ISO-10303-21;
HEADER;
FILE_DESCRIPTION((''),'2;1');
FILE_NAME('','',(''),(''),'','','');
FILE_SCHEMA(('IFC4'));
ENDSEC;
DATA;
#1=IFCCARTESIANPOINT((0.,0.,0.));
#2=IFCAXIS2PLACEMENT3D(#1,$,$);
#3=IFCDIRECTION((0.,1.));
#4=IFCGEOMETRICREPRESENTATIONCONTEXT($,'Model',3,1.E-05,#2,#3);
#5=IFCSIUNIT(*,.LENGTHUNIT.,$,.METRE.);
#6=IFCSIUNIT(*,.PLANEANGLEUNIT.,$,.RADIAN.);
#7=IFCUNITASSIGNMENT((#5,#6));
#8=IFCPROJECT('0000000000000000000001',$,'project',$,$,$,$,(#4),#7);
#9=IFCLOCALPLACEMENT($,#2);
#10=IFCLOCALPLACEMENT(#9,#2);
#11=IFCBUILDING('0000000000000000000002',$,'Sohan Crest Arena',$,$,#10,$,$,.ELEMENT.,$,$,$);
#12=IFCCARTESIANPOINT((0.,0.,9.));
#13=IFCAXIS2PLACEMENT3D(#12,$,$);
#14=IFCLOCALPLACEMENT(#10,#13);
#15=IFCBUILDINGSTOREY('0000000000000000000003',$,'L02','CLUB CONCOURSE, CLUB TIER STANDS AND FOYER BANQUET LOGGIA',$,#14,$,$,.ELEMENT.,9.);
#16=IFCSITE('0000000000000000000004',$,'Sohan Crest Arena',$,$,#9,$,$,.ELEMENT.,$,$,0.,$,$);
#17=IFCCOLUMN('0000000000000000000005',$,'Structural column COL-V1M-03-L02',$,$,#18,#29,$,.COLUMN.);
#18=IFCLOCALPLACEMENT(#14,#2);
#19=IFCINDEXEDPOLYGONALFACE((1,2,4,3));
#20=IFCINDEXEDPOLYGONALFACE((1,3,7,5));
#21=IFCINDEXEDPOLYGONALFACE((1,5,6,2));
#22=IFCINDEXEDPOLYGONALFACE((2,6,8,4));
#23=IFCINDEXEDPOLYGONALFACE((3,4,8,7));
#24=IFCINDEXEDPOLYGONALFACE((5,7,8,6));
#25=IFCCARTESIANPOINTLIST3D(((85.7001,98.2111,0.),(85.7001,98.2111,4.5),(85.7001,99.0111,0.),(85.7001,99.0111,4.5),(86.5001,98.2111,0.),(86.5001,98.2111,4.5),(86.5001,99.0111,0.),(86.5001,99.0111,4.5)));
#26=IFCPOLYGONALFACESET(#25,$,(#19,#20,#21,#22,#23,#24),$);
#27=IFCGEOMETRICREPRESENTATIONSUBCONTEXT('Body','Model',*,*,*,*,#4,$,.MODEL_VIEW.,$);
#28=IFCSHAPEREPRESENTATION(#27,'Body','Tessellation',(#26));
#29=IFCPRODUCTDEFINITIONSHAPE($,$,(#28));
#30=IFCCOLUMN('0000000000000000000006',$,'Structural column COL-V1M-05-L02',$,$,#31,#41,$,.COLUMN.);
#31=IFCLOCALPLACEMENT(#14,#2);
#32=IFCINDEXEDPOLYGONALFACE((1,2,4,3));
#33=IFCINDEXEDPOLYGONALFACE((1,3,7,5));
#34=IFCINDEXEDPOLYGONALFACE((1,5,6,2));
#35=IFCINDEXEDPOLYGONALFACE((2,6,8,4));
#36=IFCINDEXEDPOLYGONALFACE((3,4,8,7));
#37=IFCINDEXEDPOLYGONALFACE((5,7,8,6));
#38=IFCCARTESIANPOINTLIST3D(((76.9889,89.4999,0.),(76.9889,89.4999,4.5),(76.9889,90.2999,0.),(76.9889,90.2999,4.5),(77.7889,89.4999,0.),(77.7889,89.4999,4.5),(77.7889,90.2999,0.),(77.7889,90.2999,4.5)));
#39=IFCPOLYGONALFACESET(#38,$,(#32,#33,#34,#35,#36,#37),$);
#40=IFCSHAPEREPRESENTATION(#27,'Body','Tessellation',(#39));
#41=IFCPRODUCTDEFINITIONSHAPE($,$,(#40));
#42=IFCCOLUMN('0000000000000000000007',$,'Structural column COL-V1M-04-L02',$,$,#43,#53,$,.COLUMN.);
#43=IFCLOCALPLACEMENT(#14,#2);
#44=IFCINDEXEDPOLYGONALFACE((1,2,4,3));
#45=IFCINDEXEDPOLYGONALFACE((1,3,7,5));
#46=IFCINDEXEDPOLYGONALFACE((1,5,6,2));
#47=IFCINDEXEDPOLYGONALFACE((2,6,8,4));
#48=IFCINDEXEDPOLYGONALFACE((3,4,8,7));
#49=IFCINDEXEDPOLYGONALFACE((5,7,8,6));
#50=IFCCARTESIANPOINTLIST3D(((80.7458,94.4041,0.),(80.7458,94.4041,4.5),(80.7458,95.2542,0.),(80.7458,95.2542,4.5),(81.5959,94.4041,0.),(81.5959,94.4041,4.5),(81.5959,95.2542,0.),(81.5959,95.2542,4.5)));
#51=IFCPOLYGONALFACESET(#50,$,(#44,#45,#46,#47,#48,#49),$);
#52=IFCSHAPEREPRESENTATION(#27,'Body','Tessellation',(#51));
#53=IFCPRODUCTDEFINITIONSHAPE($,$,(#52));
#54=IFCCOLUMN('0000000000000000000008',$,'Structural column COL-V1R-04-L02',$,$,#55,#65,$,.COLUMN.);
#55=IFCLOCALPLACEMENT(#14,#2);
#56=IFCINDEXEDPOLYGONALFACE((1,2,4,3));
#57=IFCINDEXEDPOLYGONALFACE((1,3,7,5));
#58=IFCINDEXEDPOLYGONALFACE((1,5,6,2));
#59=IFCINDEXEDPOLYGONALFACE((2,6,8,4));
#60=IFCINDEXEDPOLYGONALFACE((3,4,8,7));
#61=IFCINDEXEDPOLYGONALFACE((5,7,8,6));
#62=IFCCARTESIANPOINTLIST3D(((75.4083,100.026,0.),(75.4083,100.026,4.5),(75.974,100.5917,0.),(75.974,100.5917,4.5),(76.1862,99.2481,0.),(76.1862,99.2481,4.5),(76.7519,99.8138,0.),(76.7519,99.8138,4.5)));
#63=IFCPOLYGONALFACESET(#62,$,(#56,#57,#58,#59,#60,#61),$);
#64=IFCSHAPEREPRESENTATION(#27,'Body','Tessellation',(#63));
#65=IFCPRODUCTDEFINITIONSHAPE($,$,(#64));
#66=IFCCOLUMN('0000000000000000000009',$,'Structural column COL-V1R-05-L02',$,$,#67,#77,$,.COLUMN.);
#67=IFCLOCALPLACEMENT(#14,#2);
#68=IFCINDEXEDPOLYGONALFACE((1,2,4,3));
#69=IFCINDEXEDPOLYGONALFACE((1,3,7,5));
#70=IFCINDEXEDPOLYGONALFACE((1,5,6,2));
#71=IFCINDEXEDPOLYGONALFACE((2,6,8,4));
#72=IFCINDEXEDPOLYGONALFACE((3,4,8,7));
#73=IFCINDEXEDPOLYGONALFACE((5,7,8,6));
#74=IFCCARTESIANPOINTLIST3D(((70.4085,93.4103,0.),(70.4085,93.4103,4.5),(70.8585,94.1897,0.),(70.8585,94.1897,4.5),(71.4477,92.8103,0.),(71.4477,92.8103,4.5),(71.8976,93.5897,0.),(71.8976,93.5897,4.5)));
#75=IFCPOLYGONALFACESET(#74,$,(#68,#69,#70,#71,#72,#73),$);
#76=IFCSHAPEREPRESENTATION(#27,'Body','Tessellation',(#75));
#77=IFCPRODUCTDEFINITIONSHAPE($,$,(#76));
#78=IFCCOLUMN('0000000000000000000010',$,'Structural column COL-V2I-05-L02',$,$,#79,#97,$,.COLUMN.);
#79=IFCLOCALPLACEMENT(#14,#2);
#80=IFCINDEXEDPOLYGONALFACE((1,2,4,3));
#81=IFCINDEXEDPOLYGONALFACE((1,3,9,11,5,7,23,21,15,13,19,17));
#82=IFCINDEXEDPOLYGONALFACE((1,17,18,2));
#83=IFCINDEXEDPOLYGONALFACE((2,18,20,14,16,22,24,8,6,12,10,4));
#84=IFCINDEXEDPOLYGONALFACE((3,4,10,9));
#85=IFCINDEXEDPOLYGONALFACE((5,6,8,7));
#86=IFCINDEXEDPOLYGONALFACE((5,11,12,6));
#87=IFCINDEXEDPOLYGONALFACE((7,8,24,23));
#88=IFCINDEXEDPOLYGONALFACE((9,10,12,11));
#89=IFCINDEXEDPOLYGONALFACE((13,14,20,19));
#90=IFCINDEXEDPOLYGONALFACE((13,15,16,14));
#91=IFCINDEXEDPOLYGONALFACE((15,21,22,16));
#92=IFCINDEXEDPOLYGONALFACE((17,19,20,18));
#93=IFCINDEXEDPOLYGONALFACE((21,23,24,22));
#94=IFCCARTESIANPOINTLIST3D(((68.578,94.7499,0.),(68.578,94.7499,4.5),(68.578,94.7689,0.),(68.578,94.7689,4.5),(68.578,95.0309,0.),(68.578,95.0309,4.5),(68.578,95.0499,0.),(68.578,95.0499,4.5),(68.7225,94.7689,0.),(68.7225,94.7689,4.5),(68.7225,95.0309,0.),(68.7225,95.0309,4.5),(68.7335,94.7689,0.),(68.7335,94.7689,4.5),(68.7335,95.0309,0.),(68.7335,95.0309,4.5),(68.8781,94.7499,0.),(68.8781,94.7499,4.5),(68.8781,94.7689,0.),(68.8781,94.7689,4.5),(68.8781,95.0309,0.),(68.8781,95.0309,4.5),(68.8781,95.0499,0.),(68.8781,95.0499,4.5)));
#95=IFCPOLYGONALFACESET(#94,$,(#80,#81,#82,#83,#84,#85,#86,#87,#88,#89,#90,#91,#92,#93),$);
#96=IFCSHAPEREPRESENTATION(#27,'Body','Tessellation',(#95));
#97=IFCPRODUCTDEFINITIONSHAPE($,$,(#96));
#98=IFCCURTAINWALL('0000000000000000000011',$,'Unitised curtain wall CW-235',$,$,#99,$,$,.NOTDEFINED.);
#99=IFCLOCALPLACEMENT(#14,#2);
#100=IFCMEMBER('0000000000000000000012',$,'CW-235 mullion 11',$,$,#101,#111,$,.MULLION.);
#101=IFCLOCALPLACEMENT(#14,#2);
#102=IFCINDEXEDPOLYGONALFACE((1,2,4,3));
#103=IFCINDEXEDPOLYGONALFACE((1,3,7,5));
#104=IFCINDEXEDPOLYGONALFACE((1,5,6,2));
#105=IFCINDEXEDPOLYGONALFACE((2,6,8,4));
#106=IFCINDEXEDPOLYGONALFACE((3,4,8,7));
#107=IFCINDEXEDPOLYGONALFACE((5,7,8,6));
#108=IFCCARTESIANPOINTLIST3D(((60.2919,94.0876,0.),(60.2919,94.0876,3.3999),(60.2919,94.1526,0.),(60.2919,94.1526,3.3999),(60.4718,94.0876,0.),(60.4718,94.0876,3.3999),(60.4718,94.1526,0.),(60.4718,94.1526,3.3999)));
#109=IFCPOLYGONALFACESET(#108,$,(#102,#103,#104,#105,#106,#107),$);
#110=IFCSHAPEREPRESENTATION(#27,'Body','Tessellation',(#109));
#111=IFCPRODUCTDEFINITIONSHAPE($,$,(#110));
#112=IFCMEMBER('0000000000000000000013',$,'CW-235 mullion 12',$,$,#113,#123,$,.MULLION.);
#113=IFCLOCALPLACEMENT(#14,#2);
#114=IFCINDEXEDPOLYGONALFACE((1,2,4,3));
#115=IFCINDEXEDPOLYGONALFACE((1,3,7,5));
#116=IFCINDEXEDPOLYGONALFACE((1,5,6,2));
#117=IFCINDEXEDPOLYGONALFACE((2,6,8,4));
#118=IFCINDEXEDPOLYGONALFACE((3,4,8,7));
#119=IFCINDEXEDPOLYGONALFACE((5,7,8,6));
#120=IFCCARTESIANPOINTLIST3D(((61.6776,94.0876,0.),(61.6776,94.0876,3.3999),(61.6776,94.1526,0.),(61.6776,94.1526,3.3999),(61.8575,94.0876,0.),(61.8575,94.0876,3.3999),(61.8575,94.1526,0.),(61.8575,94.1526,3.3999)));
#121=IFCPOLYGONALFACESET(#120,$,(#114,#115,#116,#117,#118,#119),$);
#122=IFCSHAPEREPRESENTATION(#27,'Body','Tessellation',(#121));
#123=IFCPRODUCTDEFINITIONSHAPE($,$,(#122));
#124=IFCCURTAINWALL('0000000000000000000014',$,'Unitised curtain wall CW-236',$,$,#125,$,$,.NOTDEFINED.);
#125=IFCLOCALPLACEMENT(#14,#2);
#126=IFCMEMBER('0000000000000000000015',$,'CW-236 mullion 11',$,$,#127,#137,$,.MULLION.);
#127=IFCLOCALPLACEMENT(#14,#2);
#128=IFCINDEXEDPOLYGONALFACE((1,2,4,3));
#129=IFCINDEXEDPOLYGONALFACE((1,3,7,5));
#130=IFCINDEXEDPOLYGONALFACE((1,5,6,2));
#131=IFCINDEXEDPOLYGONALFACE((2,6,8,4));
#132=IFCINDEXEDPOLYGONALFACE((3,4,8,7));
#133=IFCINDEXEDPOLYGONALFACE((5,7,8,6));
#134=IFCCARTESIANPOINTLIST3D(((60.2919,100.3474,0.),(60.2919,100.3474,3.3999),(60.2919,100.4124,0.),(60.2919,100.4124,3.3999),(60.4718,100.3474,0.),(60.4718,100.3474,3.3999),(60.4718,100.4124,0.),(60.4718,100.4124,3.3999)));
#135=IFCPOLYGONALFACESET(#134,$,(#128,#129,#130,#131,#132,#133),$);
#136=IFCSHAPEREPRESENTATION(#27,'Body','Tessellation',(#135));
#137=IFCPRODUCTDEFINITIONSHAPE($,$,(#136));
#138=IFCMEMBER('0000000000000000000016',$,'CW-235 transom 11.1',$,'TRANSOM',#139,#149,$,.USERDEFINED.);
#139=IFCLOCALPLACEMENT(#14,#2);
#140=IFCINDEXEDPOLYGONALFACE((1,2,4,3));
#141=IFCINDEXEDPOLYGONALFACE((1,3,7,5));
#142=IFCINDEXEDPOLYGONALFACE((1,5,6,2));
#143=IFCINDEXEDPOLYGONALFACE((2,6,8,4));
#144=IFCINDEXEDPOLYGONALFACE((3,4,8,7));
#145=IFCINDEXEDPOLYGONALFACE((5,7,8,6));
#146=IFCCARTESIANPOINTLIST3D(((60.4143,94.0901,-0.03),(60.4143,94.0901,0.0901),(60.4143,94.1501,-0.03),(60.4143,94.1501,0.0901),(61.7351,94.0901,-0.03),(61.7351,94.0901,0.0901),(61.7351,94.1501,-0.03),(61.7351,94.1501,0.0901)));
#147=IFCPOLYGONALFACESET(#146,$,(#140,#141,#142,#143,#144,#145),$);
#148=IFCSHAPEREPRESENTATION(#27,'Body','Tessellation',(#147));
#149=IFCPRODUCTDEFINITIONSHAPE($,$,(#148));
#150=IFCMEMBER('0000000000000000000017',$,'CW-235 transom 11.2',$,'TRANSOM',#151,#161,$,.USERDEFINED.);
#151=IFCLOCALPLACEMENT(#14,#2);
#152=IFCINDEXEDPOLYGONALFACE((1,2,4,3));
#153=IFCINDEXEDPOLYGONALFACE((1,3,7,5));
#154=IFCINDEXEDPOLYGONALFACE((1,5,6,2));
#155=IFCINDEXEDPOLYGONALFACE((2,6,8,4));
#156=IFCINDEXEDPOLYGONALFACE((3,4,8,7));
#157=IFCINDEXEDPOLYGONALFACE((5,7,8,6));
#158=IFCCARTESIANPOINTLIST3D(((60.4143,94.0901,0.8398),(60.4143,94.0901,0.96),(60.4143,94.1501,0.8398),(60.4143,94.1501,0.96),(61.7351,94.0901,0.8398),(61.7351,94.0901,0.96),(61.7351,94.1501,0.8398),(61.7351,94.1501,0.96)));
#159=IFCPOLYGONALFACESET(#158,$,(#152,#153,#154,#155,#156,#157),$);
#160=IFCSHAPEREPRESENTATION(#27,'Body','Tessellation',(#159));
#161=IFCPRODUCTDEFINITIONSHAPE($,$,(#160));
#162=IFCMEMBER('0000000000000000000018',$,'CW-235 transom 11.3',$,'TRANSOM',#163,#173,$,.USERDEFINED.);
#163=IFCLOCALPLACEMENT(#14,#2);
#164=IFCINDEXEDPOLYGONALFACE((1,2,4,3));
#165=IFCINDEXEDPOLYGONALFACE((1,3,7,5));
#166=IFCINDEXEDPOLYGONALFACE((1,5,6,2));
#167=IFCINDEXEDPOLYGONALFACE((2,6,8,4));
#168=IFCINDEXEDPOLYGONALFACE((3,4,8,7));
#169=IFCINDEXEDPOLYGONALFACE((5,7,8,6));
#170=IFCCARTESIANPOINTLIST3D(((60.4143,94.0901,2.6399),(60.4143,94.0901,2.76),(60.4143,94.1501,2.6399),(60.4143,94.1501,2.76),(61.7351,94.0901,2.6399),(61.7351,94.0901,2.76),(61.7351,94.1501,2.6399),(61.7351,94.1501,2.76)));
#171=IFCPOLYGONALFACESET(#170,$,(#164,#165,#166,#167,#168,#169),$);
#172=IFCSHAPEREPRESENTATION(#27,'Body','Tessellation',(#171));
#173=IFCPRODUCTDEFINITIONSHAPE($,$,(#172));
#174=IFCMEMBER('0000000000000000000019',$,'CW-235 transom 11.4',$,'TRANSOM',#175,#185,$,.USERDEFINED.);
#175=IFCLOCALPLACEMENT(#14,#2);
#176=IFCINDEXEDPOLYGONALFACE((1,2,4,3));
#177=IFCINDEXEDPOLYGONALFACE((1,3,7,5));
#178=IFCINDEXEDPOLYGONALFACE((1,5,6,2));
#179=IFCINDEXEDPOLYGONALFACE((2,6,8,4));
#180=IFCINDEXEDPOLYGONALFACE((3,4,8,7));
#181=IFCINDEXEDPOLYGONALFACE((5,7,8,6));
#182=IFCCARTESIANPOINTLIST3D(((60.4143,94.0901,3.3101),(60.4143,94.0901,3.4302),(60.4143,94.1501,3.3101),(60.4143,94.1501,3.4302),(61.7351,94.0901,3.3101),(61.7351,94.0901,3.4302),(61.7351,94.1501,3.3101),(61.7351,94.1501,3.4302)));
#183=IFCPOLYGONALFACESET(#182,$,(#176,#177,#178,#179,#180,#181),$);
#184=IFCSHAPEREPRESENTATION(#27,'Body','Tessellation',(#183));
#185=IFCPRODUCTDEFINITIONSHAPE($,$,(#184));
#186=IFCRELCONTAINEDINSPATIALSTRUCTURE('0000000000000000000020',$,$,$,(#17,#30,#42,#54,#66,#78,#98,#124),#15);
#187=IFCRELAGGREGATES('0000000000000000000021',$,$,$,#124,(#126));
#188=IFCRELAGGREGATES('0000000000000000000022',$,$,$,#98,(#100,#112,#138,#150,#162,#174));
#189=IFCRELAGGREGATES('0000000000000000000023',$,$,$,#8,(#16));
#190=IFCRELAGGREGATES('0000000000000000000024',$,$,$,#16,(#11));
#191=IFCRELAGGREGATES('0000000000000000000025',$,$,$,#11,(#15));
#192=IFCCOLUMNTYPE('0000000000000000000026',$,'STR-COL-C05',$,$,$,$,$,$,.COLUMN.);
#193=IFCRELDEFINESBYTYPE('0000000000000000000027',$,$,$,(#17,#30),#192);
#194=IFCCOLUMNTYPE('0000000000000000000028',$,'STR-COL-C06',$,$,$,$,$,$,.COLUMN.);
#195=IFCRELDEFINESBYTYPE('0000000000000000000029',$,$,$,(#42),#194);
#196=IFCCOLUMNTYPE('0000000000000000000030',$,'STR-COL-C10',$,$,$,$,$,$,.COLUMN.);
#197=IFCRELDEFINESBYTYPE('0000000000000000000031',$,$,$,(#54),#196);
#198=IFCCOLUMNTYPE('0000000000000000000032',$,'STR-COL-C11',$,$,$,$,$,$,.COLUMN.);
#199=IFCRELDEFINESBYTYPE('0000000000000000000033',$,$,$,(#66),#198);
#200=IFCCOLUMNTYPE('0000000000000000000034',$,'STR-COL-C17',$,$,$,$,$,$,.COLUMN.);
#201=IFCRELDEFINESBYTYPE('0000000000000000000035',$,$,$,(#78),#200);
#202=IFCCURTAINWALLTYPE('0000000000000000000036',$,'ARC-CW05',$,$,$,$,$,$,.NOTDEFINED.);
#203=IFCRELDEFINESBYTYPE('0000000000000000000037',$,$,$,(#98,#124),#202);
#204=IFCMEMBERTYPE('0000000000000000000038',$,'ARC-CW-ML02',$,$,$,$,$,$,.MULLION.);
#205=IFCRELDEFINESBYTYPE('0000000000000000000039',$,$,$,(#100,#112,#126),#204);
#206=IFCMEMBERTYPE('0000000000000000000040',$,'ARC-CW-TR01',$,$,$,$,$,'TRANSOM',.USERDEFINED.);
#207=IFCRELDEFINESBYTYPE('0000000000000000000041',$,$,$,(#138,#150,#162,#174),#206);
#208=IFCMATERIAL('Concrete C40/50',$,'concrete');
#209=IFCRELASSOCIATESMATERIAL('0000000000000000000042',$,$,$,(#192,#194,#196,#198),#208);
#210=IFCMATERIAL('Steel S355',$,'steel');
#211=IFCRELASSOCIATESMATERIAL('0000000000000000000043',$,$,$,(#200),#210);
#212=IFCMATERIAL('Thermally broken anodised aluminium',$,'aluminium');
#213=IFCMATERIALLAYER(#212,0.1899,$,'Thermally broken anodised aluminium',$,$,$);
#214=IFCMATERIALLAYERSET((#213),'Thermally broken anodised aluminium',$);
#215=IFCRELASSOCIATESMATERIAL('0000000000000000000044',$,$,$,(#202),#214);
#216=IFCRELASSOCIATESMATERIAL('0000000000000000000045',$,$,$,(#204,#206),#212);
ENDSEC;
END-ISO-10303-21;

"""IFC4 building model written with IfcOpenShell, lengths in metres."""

from ifc_helpers import new_model, si_unit, direction, frame, origin, origin_2d, place, context, subcontext, project, spatial, rectangle, i_section, extrude, material, layer, layer_set, material_profile, profile_set, type_object, element, aggregate, save


model = new_model("IFC4")

# Units and contexts
model_context = context("Model", 3, precision=1e-05, world=origin(), true_north=direction((0.0, 1.0)))
body_context = subcontext(model_context, "Body", "Model", "MODEL_VIEW")
ifc_project = project(units=[si_unit("LENGTHUNIT", "METRE"), si_unit("PLANEANGLEUNIT", "RADIAN")], contexts=[model_context])

# Site, building, storey
site_placement = place(None, origin())
site = spatial("IfcSite", under=ifc_project, at=site_placement, Name="Sohan Crest Arena", CompositionType="ELEMENT", RefElevation=0.0)
building_placement = place(site_placement, origin())
building = spatial("IfcBuilding", under=site, at=building_placement, Name="Sohan Crest Arena", CompositionType="ELEMENT")
storey_placement = place(building_placement, frame((0.0, 0.0, 9.0)))
storey = spatial("IfcBuildingStorey", under=building, at=storey_placement, Name="L02", Description="CLUB CONCOURSE, CLUB TIER STANDS AND FOYER BANQUET LOGGIA", CompositionType="ELEMENT", Elevation=9.0)

# Columns
ifc_material_1 = material(Name="Concrete C40/50", Category="concrete")
ifc_material_profile_1 = material_profile(ifc_material_1, rectangle(XDim=0.8, YDim=0.8, at=origin_2d()), Name="RC 800x800")
ifc_profile_set_1 = profile_set([ifc_material_profile_1], Name="Concrete C40/50")
column_type_1 = type_object("IfcColumnType", Name="STR-COL-C05", PredefinedType="COLUMN", material=ifc_profile_set_1)
for number, where, z_axis, x_axis, name in (
    (1, (86.1001, 98.6111, 0.0), (0.0, 0.0, 1.0), (1.0, 0.0, 0.0), "Structural column COL-V1M-03-L02"),
    (2, (77.3889, 89.8999, 0.0), (0.0, 0.0, 1.0), (1.0, 0.0, 0.0), "Structural column COL-V1M-05-L02"),
):
    element("IfcColumn", number, at=place(storey_placement, frame(where, z_axis=z_axis, x_axis=x_axis)), inside=storey, type_object=column_type_1, Name=name, PredefinedType="COLUMN", context=body_context, shape_type="SweptSolid", body=[
        extrude(rectangle(XDim=0.8, YDim=0.8, at=origin_2d()), origin(), (0.0, 0.0, 1.0), 4.5),
    ])
ifc_material_profile_2 = material_profile(ifc_material_1, rectangle(XDim=0.8501, YDim=0.8501, at=origin_2d()), Name="RC 850x850")
ifc_profile_set_2 = profile_set([ifc_material_profile_2], Name="Concrete C40/50")
column_type_2 = type_object("IfcColumnType", Name="STR-COL-C06", PredefinedType="COLUMN", material=ifc_profile_set_2)
column_1_placement = place(storey_placement, frame((81.1709, 94.8291, 0.0), z_axis=(0.0, 0.0, 1.0), x_axis=(1.0, 0.0, 0.0)))
element("IfcColumn", 3, at=column_1_placement, inside=storey, type_object=column_type_2, Name="Structural column COL-V1M-04-L02", PredefinedType="COLUMN", context=body_context, shape_type="SweptSolid", body=[
    extrude(rectangle(XDim=0.8501, YDim=0.8501, at=origin_2d()), origin(), (0.0, 0.0, 1.0), 4.5),
])
ifc_material_profile_3 = material_profile(ifc_material_1, rectangle(XDim=1.1001, YDim=0.8, at=origin_2d()), Name="RC 1100x800")
ifc_profile_set_3 = profile_set([ifc_material_profile_3], Name="Concrete C40/50")
column_type_3 = type_object("IfcColumnType", Name="STR-COL-C10", PredefinedType="COLUMN", material=ifc_profile_set_3)
column_2_placement = place(storey_placement, frame((76.0801, 99.9199, 0.0), z_axis=(0.0, 0.0, 1.0), x_axis=(-0.707107, 0.707107, 0.0)))
element("IfcColumn", 4, at=column_2_placement, inside=storey, type_object=column_type_3, Name="Structural column COL-V1R-04-L02", PredefinedType="COLUMN", context=body_context, shape_type="SweptSolid", body=[
    extrude(rectangle(XDim=1.1001, YDim=0.8, at=origin_2d()), origin(), (0.0, 0.0, 1.0), 4.5),
])
ifc_material_profile_4 = material_profile(ifc_material_1, rectangle(XDim=1.2, YDim=0.8999, at=origin_2d()), Name="RC 1200x900")
ifc_profile_set_4 = profile_set([ifc_material_profile_4], Name="Concrete C40/50")
column_type_4 = type_object("IfcColumnType", Name="STR-COL-C11", PredefinedType="COLUMN", material=ifc_profile_set_4)
column_3_placement = place(storey_placement, frame((71.1531, 93.5, 0.0), z_axis=(0.0, 0.0, 1.0), x_axis=(-0.866025, 0.5, 0.0)))
element("IfcColumn", 5, at=column_3_placement, inside=storey, type_object=column_type_4, Name="Structural column COL-V1R-05-L02", PredefinedType="COLUMN", context=body_context, shape_type="SweptSolid", body=[
    extrude(rectangle(XDim=1.2, YDim=0.8999, at=origin_2d()), origin(), (0.0, 0.0, 1.0), 4.5),
])
ifc_material_2 = material(Name="Steel S355", Category="steel")
ifc_material_profile_5 = material_profile(ifc_material_2, i_section(OverallWidth=0.3, OverallDepth=0.3, WebThickness=0.011, FlangeThickness=0.019, at=origin_2d()), Name="HEB 300")
ifc_profile_set_5 = profile_set([ifc_material_profile_5], Name="Steel S355")
column_type_5 = type_object("IfcColumnType", Name="STR-COL-C17", PredefinedType="COLUMN", material=ifc_profile_set_5)
column_4_placement = place(storey_placement, frame((68.728, 94.8999, 0.0), z_axis=(0.0, 0.0, 1.0), x_axis=(1.0, 0.0, 0.0)))
element("IfcColumn", 6, at=column_4_placement, inside=storey, type_object=column_type_5, Name="Structural column COL-V2I-05-L02", PredefinedType="COLUMN", context=body_context, shape_type="SweptSolid", body=[
    extrude(i_section(OverallWidth=0.3, OverallDepth=0.3, WebThickness=0.011, FlangeThickness=0.019, at=origin_2d()), origin(), (0.0, 0.0, 1.0), 4.5),
])

# Curtain wall, members
ifc_material_3 = material(Name="Thermally broken anodised aluminium", Category="aluminium")
ifc_layer_1 = layer(ifc_material_3, 0.1899, Name="Thermally broken anodised aluminium")
ifc_layer_set_1 = layer_set([ifc_layer_1], Name="Thermally broken anodised aluminium")
curtain_wall_type = type_object("IfcCurtainWallType", Name="ARC-CW05", PredefinedType="NOTDEFINED", material=ifc_layer_set_1)
curtain_wall_1_placement = place(storey_placement, origin())
curtain_wall_1 = element("IfcCurtainWall", 7, at=curtain_wall_1_placement, inside=storey, type_object=curtain_wall_type, Name="Unitised curtain wall CW-235", PredefinedType="NOTDEFINED")
ifc_material_profile_6 = material_profile(ifc_material_3, rectangle(XDim=0.0649, YDim=0.1799, at=origin_2d()), Name="ALU-MULL 65x180")
ifc_profile_set_6 = profile_set([ifc_material_profile_6], Name="Thermally broken anodised aluminium")
member_type_1 = type_object("IfcMemberType", Name="ARC-CW-ML02", PredefinedType="MULLION", material=ifc_profile_set_6)
member_1_placement = place(storey_placement, frame((60.3818, 94.1201, 0.0), z_axis=(0.0, 0.0, 1.0), x_axis=(0.0, 1.0, 0.0)))
member_1 = element("IfcMember", 8, at=member_1_placement, type_object=member_type_1, Name="CW-235 mullion 11", PredefinedType="MULLION", context=body_context, shape_type="SweptSolid", body=[
    extrude(rectangle(XDim=0.0649, YDim=0.1799, at=origin_2d()), origin(), (0.0, 0.0, 1.0), 3.3999),
])
member_2_placement = place(storey_placement, frame((61.7676, 94.1201, 0.0), z_axis=(0.0, 0.0, 1.0), x_axis=(0.0, 1.0, 0.0)))
member_2 = element("IfcMember", 9, at=member_2_placement, type_object=member_type_1, Name="CW-235 mullion 12", PredefinedType="MULLION", context=body_context, shape_type="SweptSolid", body=[
    extrude(rectangle(XDim=0.0649, YDim=0.1799, at=origin_2d()), origin(), (0.0, 0.0, 1.0), 3.3999),
])

# Curtain wall, member
curtain_wall_2_placement = place(storey_placement, origin())
curtain_wall_2 = element("IfcCurtainWall", 10, at=curtain_wall_2_placement, inside=storey, type_object=curtain_wall_type, Name="Unitised curtain wall CW-236", PredefinedType="NOTDEFINED")
member_3_placement = place(storey_placement, frame((60.3818, 100.3799, 0.0), z_axis=(0.0, 0.0, 1.0), x_axis=(0.0, 1.0, 0.0)))
member_3 = element("IfcMember", 11, at=member_3_placement, type_object=member_type_1, Name="CW-236 mullion 11", PredefinedType="MULLION", context=body_context, shape_type="SweptSolid", body=[
    extrude(rectangle(XDim=0.0649, YDim=0.1799, at=origin_2d()), origin(), (0.0, 0.0, 1.0), 3.3999),
])
aggregate(curtain_wall_2, [member_3])

# Members
ifc_material_profile_7 = material_profile(ifc_material_3, rectangle(XDim=0.0601, YDim=0.1201, at=origin_2d()), Name="ALU-TRAN 60x120")
ifc_profile_set_7 = profile_set([ifc_material_profile_7], Name="Thermally broken anodised aluminium")
member_type_2 = type_object("IfcMemberType", Name="ARC-CW-TR01", ElementType="TRANSOM", PredefinedType="USERDEFINED", material=ifc_profile_set_7)
member_4_placement = place(storey_placement, frame((60.4143, 94.1201, 0.03), z_axis=(1.0, 0.0, 0.0), x_axis=(0.0, 1.0, 0.0)))
member_4 = element("IfcMember", 12, at=member_4_placement, type_object=member_type_2, Name="CW-235 transom 11.1", ObjectType="TRANSOM", PredefinedType="USERDEFINED", context=body_context, shape_type="SweptSolid", body=[
    extrude(rectangle(XDim=0.0601, YDim=0.1201, at=origin_2d()), origin(), (0.0, 0.0, 1.0), 1.3208),
])
member_5_placement = place(storey_placement, frame((60.4143, 94.1201, 0.8999), z_axis=(1.0, 0.0, 0.0), x_axis=(0.0, 1.0, 0.0)))
member_5 = element("IfcMember", 13, at=member_5_placement, type_object=member_type_2, Name="CW-235 transom 11.2", ObjectType="TRANSOM", PredefinedType="USERDEFINED", context=body_context, shape_type="SweptSolid", body=[
    extrude(rectangle(XDim=0.0601, YDim=0.1201, at=origin_2d()), origin(), (0.0, 0.0, 1.0), 1.3208),
])
member_6_placement = place(storey_placement, frame((60.4143, 94.1201, 2.7), z_axis=(1.0, 0.0, 0.0), x_axis=(0.0, 1.0, 0.0)))
member_6 = element("IfcMember", 14, at=member_6_placement, type_object=member_type_2, Name="CW-235 transom 11.3", ObjectType="TRANSOM", PredefinedType="USERDEFINED", context=body_context, shape_type="SweptSolid", body=[
    extrude(rectangle(XDim=0.0601, YDim=0.1201, at=origin_2d()), origin(), (0.0, 0.0, 1.0), 1.3208),
])
member_7_placement = place(storey_placement, frame((60.4143, 94.1201, 3.3701), z_axis=(1.0, 0.0, 0.0), x_axis=(0.0, 1.0, 0.0)))
member_7 = element("IfcMember", 15, at=member_7_placement, type_object=member_type_2, Name="CW-235 transom 11.4", ObjectType="TRANSOM", PredefinedType="USERDEFINED", context=body_context, shape_type="SweptSolid", body=[
    extrude(rectangle(XDim=0.0601, YDim=0.1201, at=origin_2d()), origin(), (0.0, 0.0, 1.0), 1.3208),
])

aggregate(curtain_wall_1, [member_1, member_2, member_4, member_5, member_6, member_7])

save(model, "model.ifc")
